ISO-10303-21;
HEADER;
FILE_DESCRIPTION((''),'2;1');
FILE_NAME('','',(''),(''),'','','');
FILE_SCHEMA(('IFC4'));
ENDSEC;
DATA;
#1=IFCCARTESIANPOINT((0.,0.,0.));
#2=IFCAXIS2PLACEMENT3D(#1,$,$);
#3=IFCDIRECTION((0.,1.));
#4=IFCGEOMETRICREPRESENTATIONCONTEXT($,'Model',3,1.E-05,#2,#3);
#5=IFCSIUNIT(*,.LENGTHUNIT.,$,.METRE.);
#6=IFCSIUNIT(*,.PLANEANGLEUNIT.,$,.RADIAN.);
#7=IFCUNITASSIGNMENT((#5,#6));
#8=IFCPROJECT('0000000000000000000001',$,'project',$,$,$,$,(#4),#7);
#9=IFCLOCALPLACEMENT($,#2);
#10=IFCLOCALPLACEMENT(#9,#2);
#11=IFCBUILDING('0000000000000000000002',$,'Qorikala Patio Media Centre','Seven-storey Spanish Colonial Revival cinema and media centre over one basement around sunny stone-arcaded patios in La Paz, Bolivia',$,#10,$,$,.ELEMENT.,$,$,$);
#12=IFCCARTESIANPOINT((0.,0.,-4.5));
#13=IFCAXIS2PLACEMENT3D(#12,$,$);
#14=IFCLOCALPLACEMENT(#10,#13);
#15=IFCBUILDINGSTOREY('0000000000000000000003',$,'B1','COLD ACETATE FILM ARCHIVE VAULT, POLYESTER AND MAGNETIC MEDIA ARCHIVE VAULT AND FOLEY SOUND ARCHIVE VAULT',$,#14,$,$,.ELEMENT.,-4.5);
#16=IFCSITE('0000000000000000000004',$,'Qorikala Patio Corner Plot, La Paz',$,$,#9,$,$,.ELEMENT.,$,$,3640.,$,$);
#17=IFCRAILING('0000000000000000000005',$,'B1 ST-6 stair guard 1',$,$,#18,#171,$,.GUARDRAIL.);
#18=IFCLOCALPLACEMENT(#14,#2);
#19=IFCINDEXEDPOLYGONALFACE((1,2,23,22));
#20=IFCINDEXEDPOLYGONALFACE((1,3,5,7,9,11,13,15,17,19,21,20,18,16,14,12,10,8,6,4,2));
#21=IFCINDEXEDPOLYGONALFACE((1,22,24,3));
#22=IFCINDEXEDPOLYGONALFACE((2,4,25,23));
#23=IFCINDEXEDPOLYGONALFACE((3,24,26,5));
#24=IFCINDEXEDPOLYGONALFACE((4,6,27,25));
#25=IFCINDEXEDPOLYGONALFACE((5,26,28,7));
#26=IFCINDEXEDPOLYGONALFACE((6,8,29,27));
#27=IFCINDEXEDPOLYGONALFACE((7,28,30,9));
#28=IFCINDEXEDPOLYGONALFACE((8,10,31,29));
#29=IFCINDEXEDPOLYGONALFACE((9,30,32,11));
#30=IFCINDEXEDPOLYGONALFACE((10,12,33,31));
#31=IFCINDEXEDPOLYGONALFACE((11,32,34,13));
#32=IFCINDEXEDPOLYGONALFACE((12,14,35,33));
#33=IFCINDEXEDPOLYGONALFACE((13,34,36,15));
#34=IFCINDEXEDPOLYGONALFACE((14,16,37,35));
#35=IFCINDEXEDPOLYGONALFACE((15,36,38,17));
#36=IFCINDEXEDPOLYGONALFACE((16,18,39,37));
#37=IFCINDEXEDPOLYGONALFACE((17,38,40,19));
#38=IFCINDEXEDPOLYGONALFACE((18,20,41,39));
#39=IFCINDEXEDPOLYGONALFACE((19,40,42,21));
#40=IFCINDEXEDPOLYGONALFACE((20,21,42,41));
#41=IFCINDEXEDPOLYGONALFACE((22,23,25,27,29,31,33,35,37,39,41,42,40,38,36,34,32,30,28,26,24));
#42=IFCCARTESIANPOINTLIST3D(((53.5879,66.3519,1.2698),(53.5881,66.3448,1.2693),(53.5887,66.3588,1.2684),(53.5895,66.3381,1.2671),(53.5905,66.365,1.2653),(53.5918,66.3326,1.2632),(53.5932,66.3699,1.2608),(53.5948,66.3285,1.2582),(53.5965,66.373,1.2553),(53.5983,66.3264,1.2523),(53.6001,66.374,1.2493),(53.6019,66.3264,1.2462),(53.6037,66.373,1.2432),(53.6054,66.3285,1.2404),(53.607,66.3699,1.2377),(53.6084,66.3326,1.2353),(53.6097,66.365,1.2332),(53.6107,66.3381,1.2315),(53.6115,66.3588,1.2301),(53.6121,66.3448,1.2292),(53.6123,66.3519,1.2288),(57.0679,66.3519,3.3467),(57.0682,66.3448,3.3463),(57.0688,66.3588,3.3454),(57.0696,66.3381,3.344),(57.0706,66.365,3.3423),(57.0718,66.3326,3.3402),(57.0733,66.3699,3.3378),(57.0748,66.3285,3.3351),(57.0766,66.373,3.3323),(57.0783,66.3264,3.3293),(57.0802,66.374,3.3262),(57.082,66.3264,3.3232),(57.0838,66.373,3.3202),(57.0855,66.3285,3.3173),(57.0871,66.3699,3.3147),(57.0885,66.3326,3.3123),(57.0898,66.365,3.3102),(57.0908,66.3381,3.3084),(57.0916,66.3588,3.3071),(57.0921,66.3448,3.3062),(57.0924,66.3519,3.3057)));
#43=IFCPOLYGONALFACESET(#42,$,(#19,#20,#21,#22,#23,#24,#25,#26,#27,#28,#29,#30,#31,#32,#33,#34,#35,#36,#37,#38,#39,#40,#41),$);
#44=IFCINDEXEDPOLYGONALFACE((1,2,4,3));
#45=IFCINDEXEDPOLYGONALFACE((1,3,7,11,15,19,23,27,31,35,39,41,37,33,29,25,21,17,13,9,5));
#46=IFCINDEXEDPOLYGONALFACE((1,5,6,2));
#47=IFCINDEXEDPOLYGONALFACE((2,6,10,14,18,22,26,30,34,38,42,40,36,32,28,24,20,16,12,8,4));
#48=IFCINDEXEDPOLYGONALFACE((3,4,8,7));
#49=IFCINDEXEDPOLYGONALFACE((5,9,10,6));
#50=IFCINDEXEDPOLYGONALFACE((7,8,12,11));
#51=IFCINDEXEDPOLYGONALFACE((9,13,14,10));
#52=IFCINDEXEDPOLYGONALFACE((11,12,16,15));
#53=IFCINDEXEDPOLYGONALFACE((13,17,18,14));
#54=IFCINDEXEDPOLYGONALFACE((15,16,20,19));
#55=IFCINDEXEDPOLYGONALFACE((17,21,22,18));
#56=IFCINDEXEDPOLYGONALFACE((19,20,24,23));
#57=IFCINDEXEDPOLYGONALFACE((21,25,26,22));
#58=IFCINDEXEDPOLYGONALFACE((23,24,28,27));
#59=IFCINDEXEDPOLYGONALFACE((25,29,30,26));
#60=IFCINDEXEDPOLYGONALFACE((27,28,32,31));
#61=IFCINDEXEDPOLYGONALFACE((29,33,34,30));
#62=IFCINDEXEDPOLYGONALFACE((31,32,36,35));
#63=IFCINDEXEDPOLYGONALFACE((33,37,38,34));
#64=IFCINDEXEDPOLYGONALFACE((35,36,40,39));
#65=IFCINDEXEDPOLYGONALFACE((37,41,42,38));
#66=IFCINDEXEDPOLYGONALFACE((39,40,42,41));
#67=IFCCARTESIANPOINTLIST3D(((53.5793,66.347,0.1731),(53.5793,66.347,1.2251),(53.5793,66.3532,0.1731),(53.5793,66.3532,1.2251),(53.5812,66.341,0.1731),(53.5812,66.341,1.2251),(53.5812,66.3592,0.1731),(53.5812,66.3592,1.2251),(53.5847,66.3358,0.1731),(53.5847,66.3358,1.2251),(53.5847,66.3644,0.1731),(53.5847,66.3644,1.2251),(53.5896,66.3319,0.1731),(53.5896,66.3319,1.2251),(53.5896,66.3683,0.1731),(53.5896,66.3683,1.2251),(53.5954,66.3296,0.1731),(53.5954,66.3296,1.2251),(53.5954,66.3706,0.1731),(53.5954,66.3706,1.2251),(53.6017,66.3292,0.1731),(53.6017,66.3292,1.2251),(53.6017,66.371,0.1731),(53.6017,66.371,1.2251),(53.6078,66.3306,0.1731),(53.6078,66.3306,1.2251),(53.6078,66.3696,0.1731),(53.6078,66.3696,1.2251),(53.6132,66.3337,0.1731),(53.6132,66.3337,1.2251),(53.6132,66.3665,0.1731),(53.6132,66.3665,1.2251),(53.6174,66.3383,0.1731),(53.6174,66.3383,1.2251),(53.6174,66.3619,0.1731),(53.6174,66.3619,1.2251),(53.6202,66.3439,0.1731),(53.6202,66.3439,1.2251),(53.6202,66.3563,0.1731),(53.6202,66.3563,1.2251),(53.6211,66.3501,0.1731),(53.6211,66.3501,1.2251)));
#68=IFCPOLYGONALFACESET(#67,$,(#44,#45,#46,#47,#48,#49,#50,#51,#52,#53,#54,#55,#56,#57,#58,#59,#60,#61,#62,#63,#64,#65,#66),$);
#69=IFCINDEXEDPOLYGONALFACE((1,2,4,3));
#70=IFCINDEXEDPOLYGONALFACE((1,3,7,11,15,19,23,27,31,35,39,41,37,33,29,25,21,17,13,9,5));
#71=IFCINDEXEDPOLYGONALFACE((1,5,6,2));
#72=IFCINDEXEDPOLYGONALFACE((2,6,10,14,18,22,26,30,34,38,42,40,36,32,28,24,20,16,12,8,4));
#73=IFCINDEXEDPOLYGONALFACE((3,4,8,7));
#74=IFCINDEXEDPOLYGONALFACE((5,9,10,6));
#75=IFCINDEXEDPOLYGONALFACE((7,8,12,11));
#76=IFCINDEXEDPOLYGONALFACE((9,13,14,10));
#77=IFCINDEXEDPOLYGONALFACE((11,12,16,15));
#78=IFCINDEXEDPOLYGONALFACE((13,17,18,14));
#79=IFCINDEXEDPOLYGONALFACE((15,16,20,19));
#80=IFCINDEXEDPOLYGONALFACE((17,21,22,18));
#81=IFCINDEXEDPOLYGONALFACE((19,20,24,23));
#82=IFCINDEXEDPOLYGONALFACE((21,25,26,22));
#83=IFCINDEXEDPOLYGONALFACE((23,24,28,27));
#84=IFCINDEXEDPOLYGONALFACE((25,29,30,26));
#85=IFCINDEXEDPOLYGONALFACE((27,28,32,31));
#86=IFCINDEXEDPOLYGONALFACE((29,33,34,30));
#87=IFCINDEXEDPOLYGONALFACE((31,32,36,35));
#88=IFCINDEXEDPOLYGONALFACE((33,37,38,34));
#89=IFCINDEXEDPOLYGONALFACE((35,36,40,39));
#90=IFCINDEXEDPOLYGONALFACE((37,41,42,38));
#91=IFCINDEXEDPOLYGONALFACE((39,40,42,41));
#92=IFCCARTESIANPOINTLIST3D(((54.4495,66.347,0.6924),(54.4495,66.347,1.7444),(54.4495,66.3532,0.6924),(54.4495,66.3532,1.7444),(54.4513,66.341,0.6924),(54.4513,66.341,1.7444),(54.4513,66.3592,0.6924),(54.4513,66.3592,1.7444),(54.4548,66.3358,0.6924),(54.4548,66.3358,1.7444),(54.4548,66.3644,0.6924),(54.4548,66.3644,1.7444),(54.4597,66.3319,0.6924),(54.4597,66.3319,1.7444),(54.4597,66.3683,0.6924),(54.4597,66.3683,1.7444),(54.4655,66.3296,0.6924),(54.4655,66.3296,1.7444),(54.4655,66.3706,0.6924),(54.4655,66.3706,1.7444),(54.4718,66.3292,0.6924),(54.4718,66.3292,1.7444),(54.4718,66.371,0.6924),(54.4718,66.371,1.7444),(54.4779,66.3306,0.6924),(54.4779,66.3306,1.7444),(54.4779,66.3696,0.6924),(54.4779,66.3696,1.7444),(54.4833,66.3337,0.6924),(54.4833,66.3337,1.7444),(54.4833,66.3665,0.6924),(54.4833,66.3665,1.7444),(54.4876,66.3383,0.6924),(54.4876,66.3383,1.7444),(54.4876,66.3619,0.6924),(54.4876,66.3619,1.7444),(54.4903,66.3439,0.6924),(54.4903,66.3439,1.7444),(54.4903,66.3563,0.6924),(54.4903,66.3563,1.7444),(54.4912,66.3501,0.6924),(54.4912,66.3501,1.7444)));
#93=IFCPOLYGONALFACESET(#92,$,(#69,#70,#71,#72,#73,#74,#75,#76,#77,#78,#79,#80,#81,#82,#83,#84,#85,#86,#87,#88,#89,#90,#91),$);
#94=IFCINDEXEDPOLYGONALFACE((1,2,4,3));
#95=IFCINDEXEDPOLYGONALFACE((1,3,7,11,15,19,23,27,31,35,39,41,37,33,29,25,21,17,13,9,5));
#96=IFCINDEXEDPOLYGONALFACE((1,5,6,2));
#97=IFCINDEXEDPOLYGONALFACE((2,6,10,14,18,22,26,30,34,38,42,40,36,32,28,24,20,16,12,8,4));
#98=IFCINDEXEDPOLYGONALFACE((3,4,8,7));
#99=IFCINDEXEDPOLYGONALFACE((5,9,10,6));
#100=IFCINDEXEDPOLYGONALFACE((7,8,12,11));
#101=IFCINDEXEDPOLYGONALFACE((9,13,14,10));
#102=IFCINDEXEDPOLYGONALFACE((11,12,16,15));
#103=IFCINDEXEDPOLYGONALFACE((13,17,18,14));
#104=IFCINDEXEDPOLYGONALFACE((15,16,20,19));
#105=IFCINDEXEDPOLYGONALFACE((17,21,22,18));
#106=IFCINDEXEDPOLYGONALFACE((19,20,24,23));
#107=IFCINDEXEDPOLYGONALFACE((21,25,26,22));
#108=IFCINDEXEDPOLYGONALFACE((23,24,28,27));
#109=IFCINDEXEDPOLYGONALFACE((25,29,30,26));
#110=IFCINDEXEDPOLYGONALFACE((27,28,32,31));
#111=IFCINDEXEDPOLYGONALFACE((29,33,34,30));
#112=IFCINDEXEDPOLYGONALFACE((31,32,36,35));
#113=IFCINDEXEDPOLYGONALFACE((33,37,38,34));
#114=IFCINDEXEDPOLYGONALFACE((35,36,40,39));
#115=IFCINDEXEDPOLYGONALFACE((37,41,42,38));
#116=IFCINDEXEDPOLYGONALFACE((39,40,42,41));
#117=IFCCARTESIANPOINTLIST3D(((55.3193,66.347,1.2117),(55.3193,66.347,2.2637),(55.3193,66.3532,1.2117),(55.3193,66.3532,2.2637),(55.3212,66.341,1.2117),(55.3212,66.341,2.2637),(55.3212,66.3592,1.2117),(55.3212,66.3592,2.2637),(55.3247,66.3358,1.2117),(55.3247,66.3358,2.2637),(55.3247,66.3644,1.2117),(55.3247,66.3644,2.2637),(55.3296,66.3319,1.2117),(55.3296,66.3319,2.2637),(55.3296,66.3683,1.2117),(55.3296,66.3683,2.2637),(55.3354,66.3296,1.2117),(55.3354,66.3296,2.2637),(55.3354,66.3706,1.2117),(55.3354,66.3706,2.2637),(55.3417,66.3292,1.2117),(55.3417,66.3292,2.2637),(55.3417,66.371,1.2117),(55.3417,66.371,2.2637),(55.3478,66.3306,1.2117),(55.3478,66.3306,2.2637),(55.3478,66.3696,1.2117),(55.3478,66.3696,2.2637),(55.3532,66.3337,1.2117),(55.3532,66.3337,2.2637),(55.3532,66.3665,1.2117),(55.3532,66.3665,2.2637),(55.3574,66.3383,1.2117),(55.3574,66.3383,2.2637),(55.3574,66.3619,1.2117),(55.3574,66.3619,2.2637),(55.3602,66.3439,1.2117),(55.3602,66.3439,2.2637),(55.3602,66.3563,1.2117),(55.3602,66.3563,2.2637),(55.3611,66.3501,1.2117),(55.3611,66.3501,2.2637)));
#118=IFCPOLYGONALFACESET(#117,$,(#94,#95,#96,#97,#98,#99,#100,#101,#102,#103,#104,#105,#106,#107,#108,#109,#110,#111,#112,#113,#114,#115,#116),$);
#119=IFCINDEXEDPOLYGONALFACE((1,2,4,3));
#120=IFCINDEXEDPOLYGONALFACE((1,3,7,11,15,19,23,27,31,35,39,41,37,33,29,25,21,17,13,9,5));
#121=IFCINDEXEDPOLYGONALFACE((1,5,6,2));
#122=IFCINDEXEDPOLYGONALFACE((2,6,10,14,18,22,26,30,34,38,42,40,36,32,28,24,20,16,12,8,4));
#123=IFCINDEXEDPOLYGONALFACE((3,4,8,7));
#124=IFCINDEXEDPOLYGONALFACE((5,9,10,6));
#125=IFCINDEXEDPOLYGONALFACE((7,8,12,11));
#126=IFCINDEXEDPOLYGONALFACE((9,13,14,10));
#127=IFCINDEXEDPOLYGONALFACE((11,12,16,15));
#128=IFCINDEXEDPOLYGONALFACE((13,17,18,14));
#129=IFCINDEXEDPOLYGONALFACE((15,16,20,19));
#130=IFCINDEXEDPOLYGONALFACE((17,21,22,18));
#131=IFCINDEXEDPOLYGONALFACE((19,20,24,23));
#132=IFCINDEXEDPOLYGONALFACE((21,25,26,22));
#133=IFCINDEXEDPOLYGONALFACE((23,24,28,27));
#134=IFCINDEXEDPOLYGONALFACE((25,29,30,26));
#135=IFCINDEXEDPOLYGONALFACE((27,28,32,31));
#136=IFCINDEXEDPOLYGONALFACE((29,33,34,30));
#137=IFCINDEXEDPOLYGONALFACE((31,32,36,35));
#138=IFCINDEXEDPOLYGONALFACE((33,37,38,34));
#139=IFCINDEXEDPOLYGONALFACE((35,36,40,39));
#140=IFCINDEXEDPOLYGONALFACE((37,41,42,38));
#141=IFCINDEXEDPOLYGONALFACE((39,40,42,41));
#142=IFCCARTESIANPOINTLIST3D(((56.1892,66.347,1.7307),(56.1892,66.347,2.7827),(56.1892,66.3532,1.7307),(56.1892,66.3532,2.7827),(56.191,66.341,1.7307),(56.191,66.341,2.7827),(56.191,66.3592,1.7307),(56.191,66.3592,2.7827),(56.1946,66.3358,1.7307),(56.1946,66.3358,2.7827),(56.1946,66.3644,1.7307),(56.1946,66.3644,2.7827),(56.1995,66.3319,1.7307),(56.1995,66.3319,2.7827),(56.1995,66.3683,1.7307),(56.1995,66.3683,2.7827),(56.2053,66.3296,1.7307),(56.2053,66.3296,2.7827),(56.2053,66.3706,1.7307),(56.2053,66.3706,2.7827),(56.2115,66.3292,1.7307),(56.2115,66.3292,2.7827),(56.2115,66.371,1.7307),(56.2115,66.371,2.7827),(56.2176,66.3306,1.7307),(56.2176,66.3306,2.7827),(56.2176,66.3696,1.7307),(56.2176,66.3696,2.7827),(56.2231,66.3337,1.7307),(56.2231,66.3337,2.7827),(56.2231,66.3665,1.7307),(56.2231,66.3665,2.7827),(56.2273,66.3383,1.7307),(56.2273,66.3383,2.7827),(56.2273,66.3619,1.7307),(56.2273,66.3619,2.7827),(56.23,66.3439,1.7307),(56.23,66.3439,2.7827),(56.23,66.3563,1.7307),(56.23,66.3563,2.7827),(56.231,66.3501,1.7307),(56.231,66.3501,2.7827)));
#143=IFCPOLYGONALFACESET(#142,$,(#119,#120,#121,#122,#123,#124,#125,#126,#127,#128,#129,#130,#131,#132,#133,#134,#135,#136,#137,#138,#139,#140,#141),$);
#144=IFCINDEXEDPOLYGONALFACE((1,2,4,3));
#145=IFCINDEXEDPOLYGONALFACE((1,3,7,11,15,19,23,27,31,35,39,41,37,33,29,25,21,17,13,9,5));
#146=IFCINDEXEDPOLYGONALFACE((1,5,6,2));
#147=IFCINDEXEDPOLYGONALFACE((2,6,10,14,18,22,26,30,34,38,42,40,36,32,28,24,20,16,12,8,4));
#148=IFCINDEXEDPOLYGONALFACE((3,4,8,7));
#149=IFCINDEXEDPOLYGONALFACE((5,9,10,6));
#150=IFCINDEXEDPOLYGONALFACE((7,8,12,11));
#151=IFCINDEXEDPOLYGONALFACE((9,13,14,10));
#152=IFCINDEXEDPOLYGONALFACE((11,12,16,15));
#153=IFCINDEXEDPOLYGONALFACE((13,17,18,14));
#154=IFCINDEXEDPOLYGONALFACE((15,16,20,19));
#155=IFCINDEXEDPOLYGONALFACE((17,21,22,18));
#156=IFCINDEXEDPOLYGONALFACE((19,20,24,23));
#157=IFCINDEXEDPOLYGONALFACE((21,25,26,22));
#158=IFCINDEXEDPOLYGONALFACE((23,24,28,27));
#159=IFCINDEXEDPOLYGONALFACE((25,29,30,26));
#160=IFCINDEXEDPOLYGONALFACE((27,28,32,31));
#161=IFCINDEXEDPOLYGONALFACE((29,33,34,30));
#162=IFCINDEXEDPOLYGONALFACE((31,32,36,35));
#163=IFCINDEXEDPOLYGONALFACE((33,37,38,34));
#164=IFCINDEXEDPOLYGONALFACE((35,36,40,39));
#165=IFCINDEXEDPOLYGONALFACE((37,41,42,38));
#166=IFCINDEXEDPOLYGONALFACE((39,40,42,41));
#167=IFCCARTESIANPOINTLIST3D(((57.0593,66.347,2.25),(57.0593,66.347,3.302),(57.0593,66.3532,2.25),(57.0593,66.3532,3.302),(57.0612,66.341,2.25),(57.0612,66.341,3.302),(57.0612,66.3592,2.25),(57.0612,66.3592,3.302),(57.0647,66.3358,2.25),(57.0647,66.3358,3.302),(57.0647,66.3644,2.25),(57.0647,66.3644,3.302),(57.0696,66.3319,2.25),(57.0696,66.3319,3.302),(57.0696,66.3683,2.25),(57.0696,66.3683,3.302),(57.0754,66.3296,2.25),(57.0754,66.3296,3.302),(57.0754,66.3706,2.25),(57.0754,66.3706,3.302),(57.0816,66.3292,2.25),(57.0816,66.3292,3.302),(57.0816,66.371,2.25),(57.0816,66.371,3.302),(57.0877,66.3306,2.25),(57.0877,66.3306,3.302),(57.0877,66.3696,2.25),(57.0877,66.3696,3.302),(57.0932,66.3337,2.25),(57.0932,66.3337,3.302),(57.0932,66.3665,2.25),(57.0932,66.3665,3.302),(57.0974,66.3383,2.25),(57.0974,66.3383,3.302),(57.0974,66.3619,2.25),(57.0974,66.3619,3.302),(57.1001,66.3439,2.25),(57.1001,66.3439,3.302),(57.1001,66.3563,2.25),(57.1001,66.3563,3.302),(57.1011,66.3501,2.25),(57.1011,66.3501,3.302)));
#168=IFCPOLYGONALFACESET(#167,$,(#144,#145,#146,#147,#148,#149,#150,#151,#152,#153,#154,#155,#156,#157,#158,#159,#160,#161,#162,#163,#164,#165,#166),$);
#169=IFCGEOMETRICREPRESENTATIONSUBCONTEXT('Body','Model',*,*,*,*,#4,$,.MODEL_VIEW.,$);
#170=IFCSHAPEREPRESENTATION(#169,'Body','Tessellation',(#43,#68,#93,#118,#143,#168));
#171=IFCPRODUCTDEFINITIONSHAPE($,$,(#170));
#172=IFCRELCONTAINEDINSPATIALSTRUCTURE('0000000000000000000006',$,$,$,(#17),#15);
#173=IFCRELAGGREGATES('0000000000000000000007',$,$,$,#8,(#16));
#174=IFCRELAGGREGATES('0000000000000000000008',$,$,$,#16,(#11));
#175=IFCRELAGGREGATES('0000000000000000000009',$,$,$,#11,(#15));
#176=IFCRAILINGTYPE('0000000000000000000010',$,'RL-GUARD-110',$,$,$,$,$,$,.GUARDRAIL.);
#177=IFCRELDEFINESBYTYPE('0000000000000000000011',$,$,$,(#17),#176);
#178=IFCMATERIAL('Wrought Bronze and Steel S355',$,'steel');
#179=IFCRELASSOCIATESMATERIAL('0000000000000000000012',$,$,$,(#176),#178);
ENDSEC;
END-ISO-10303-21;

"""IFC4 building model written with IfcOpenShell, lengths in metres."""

from ifc_helpers import new_model, si_unit, direction, frame, origin, origin_2d, place, context, subcontext, project, spatial, circle, extrude, material, type_object, element, save


model = new_model("IFC4")

# Units and contexts
model_context = context("Model", 3, precision=1e-05, world=origin(), true_north=direction((0.0, 1.0)))
body_context = subcontext(model_context, "Body", "Model", "MODEL_VIEW")
ifc_project = project(units=[si_unit("LENGTHUNIT", "METRE"), si_unit("PLANEANGLEUNIT", "RADIAN")], contexts=[model_context])

# Site, building, storey
site_placement = place(None, origin())
site = spatial("IfcSite", under=ifc_project, at=site_placement, Name="Qorikala Patio Corner Plot, La Paz", CompositionType="ELEMENT", RefElevation=3640.0)
building_placement = place(site_placement, origin())
building = spatial("IfcBuilding", under=site, at=building_placement, Name="Qorikala Patio Media Centre", Description="Seven-storey Spanish Colonial Revival cinema and media centre over one basement around sunny stone-arcaded patios in La Paz, Bolivia", CompositionType="ELEMENT")
storey_placement = place(building_placement, frame((0.0, 0.0, -4.5)))
storey = spatial("IfcBuildingStorey", under=building, at=storey_placement, Name="B1", Description="COLD ACETATE FILM ARCHIVE VAULT, POLYESTER AND MAGNETIC MEDIA ARCHIVE VAULT AND FOLEY SOUND ARCHIVE VAULT", CompositionType="ELEMENT", Elevation=-4.5)

# Railing
ifc_material_1 = material(Name="Wrought Bronze and Steel S355", Category="steel")
railing_type_1 = type_object("IfcRailingType", Name="RL-GUARD-110", PredefinedType="GUARDRAIL", material=ifc_material_1)
railing_1_placement = place(storey_placement, frame((53.6001, 66.3501, 0.1731)))
element("IfcRailing", 1, at=railing_1_placement, inside=storey, type_object=railing_type_1, Name="B1 ST-6 stair guard 1", PredefinedType="GUARDRAIL", context=body_context, shape_type="SweptSolid", body=[
    extrude(circle(Radius=0.0239, at=origin_2d()), frame((0.0, 0.0, 1.0762), z_axis=(0.858697, 0.0, 0.512483), x_axis=(0.0, 1.0, 0.0)), (0.0, 0.0, 1.0), 4.0527),
    extrude(circle(Radius=0.021, at=origin_2d()), origin(), (0.0, 0.0, 1.0), 1.052),
    extrude(circle(Radius=0.021, at=origin_2d()), frame((0.8701, 0.0, 0.5193)), (0.0, 0.0, 1.0), 1.052),
    extrude(circle(Radius=0.021, at=origin_2d()), frame((1.74, 0.0, 1.0386)), (0.0, 0.0, 1.0), 1.052),
    extrude(circle(Radius=0.021, at=origin_2d()), frame((2.6099, 0.0, 1.5576)), (0.0, 0.0, 1.0), 1.052),
    extrude(circle(Radius=0.021, at=origin_2d()), frame((3.48, 0.0, 2.0769)), (0.0, 0.0, 1.0), 1.052),
])

save(model, "model.ifc")
